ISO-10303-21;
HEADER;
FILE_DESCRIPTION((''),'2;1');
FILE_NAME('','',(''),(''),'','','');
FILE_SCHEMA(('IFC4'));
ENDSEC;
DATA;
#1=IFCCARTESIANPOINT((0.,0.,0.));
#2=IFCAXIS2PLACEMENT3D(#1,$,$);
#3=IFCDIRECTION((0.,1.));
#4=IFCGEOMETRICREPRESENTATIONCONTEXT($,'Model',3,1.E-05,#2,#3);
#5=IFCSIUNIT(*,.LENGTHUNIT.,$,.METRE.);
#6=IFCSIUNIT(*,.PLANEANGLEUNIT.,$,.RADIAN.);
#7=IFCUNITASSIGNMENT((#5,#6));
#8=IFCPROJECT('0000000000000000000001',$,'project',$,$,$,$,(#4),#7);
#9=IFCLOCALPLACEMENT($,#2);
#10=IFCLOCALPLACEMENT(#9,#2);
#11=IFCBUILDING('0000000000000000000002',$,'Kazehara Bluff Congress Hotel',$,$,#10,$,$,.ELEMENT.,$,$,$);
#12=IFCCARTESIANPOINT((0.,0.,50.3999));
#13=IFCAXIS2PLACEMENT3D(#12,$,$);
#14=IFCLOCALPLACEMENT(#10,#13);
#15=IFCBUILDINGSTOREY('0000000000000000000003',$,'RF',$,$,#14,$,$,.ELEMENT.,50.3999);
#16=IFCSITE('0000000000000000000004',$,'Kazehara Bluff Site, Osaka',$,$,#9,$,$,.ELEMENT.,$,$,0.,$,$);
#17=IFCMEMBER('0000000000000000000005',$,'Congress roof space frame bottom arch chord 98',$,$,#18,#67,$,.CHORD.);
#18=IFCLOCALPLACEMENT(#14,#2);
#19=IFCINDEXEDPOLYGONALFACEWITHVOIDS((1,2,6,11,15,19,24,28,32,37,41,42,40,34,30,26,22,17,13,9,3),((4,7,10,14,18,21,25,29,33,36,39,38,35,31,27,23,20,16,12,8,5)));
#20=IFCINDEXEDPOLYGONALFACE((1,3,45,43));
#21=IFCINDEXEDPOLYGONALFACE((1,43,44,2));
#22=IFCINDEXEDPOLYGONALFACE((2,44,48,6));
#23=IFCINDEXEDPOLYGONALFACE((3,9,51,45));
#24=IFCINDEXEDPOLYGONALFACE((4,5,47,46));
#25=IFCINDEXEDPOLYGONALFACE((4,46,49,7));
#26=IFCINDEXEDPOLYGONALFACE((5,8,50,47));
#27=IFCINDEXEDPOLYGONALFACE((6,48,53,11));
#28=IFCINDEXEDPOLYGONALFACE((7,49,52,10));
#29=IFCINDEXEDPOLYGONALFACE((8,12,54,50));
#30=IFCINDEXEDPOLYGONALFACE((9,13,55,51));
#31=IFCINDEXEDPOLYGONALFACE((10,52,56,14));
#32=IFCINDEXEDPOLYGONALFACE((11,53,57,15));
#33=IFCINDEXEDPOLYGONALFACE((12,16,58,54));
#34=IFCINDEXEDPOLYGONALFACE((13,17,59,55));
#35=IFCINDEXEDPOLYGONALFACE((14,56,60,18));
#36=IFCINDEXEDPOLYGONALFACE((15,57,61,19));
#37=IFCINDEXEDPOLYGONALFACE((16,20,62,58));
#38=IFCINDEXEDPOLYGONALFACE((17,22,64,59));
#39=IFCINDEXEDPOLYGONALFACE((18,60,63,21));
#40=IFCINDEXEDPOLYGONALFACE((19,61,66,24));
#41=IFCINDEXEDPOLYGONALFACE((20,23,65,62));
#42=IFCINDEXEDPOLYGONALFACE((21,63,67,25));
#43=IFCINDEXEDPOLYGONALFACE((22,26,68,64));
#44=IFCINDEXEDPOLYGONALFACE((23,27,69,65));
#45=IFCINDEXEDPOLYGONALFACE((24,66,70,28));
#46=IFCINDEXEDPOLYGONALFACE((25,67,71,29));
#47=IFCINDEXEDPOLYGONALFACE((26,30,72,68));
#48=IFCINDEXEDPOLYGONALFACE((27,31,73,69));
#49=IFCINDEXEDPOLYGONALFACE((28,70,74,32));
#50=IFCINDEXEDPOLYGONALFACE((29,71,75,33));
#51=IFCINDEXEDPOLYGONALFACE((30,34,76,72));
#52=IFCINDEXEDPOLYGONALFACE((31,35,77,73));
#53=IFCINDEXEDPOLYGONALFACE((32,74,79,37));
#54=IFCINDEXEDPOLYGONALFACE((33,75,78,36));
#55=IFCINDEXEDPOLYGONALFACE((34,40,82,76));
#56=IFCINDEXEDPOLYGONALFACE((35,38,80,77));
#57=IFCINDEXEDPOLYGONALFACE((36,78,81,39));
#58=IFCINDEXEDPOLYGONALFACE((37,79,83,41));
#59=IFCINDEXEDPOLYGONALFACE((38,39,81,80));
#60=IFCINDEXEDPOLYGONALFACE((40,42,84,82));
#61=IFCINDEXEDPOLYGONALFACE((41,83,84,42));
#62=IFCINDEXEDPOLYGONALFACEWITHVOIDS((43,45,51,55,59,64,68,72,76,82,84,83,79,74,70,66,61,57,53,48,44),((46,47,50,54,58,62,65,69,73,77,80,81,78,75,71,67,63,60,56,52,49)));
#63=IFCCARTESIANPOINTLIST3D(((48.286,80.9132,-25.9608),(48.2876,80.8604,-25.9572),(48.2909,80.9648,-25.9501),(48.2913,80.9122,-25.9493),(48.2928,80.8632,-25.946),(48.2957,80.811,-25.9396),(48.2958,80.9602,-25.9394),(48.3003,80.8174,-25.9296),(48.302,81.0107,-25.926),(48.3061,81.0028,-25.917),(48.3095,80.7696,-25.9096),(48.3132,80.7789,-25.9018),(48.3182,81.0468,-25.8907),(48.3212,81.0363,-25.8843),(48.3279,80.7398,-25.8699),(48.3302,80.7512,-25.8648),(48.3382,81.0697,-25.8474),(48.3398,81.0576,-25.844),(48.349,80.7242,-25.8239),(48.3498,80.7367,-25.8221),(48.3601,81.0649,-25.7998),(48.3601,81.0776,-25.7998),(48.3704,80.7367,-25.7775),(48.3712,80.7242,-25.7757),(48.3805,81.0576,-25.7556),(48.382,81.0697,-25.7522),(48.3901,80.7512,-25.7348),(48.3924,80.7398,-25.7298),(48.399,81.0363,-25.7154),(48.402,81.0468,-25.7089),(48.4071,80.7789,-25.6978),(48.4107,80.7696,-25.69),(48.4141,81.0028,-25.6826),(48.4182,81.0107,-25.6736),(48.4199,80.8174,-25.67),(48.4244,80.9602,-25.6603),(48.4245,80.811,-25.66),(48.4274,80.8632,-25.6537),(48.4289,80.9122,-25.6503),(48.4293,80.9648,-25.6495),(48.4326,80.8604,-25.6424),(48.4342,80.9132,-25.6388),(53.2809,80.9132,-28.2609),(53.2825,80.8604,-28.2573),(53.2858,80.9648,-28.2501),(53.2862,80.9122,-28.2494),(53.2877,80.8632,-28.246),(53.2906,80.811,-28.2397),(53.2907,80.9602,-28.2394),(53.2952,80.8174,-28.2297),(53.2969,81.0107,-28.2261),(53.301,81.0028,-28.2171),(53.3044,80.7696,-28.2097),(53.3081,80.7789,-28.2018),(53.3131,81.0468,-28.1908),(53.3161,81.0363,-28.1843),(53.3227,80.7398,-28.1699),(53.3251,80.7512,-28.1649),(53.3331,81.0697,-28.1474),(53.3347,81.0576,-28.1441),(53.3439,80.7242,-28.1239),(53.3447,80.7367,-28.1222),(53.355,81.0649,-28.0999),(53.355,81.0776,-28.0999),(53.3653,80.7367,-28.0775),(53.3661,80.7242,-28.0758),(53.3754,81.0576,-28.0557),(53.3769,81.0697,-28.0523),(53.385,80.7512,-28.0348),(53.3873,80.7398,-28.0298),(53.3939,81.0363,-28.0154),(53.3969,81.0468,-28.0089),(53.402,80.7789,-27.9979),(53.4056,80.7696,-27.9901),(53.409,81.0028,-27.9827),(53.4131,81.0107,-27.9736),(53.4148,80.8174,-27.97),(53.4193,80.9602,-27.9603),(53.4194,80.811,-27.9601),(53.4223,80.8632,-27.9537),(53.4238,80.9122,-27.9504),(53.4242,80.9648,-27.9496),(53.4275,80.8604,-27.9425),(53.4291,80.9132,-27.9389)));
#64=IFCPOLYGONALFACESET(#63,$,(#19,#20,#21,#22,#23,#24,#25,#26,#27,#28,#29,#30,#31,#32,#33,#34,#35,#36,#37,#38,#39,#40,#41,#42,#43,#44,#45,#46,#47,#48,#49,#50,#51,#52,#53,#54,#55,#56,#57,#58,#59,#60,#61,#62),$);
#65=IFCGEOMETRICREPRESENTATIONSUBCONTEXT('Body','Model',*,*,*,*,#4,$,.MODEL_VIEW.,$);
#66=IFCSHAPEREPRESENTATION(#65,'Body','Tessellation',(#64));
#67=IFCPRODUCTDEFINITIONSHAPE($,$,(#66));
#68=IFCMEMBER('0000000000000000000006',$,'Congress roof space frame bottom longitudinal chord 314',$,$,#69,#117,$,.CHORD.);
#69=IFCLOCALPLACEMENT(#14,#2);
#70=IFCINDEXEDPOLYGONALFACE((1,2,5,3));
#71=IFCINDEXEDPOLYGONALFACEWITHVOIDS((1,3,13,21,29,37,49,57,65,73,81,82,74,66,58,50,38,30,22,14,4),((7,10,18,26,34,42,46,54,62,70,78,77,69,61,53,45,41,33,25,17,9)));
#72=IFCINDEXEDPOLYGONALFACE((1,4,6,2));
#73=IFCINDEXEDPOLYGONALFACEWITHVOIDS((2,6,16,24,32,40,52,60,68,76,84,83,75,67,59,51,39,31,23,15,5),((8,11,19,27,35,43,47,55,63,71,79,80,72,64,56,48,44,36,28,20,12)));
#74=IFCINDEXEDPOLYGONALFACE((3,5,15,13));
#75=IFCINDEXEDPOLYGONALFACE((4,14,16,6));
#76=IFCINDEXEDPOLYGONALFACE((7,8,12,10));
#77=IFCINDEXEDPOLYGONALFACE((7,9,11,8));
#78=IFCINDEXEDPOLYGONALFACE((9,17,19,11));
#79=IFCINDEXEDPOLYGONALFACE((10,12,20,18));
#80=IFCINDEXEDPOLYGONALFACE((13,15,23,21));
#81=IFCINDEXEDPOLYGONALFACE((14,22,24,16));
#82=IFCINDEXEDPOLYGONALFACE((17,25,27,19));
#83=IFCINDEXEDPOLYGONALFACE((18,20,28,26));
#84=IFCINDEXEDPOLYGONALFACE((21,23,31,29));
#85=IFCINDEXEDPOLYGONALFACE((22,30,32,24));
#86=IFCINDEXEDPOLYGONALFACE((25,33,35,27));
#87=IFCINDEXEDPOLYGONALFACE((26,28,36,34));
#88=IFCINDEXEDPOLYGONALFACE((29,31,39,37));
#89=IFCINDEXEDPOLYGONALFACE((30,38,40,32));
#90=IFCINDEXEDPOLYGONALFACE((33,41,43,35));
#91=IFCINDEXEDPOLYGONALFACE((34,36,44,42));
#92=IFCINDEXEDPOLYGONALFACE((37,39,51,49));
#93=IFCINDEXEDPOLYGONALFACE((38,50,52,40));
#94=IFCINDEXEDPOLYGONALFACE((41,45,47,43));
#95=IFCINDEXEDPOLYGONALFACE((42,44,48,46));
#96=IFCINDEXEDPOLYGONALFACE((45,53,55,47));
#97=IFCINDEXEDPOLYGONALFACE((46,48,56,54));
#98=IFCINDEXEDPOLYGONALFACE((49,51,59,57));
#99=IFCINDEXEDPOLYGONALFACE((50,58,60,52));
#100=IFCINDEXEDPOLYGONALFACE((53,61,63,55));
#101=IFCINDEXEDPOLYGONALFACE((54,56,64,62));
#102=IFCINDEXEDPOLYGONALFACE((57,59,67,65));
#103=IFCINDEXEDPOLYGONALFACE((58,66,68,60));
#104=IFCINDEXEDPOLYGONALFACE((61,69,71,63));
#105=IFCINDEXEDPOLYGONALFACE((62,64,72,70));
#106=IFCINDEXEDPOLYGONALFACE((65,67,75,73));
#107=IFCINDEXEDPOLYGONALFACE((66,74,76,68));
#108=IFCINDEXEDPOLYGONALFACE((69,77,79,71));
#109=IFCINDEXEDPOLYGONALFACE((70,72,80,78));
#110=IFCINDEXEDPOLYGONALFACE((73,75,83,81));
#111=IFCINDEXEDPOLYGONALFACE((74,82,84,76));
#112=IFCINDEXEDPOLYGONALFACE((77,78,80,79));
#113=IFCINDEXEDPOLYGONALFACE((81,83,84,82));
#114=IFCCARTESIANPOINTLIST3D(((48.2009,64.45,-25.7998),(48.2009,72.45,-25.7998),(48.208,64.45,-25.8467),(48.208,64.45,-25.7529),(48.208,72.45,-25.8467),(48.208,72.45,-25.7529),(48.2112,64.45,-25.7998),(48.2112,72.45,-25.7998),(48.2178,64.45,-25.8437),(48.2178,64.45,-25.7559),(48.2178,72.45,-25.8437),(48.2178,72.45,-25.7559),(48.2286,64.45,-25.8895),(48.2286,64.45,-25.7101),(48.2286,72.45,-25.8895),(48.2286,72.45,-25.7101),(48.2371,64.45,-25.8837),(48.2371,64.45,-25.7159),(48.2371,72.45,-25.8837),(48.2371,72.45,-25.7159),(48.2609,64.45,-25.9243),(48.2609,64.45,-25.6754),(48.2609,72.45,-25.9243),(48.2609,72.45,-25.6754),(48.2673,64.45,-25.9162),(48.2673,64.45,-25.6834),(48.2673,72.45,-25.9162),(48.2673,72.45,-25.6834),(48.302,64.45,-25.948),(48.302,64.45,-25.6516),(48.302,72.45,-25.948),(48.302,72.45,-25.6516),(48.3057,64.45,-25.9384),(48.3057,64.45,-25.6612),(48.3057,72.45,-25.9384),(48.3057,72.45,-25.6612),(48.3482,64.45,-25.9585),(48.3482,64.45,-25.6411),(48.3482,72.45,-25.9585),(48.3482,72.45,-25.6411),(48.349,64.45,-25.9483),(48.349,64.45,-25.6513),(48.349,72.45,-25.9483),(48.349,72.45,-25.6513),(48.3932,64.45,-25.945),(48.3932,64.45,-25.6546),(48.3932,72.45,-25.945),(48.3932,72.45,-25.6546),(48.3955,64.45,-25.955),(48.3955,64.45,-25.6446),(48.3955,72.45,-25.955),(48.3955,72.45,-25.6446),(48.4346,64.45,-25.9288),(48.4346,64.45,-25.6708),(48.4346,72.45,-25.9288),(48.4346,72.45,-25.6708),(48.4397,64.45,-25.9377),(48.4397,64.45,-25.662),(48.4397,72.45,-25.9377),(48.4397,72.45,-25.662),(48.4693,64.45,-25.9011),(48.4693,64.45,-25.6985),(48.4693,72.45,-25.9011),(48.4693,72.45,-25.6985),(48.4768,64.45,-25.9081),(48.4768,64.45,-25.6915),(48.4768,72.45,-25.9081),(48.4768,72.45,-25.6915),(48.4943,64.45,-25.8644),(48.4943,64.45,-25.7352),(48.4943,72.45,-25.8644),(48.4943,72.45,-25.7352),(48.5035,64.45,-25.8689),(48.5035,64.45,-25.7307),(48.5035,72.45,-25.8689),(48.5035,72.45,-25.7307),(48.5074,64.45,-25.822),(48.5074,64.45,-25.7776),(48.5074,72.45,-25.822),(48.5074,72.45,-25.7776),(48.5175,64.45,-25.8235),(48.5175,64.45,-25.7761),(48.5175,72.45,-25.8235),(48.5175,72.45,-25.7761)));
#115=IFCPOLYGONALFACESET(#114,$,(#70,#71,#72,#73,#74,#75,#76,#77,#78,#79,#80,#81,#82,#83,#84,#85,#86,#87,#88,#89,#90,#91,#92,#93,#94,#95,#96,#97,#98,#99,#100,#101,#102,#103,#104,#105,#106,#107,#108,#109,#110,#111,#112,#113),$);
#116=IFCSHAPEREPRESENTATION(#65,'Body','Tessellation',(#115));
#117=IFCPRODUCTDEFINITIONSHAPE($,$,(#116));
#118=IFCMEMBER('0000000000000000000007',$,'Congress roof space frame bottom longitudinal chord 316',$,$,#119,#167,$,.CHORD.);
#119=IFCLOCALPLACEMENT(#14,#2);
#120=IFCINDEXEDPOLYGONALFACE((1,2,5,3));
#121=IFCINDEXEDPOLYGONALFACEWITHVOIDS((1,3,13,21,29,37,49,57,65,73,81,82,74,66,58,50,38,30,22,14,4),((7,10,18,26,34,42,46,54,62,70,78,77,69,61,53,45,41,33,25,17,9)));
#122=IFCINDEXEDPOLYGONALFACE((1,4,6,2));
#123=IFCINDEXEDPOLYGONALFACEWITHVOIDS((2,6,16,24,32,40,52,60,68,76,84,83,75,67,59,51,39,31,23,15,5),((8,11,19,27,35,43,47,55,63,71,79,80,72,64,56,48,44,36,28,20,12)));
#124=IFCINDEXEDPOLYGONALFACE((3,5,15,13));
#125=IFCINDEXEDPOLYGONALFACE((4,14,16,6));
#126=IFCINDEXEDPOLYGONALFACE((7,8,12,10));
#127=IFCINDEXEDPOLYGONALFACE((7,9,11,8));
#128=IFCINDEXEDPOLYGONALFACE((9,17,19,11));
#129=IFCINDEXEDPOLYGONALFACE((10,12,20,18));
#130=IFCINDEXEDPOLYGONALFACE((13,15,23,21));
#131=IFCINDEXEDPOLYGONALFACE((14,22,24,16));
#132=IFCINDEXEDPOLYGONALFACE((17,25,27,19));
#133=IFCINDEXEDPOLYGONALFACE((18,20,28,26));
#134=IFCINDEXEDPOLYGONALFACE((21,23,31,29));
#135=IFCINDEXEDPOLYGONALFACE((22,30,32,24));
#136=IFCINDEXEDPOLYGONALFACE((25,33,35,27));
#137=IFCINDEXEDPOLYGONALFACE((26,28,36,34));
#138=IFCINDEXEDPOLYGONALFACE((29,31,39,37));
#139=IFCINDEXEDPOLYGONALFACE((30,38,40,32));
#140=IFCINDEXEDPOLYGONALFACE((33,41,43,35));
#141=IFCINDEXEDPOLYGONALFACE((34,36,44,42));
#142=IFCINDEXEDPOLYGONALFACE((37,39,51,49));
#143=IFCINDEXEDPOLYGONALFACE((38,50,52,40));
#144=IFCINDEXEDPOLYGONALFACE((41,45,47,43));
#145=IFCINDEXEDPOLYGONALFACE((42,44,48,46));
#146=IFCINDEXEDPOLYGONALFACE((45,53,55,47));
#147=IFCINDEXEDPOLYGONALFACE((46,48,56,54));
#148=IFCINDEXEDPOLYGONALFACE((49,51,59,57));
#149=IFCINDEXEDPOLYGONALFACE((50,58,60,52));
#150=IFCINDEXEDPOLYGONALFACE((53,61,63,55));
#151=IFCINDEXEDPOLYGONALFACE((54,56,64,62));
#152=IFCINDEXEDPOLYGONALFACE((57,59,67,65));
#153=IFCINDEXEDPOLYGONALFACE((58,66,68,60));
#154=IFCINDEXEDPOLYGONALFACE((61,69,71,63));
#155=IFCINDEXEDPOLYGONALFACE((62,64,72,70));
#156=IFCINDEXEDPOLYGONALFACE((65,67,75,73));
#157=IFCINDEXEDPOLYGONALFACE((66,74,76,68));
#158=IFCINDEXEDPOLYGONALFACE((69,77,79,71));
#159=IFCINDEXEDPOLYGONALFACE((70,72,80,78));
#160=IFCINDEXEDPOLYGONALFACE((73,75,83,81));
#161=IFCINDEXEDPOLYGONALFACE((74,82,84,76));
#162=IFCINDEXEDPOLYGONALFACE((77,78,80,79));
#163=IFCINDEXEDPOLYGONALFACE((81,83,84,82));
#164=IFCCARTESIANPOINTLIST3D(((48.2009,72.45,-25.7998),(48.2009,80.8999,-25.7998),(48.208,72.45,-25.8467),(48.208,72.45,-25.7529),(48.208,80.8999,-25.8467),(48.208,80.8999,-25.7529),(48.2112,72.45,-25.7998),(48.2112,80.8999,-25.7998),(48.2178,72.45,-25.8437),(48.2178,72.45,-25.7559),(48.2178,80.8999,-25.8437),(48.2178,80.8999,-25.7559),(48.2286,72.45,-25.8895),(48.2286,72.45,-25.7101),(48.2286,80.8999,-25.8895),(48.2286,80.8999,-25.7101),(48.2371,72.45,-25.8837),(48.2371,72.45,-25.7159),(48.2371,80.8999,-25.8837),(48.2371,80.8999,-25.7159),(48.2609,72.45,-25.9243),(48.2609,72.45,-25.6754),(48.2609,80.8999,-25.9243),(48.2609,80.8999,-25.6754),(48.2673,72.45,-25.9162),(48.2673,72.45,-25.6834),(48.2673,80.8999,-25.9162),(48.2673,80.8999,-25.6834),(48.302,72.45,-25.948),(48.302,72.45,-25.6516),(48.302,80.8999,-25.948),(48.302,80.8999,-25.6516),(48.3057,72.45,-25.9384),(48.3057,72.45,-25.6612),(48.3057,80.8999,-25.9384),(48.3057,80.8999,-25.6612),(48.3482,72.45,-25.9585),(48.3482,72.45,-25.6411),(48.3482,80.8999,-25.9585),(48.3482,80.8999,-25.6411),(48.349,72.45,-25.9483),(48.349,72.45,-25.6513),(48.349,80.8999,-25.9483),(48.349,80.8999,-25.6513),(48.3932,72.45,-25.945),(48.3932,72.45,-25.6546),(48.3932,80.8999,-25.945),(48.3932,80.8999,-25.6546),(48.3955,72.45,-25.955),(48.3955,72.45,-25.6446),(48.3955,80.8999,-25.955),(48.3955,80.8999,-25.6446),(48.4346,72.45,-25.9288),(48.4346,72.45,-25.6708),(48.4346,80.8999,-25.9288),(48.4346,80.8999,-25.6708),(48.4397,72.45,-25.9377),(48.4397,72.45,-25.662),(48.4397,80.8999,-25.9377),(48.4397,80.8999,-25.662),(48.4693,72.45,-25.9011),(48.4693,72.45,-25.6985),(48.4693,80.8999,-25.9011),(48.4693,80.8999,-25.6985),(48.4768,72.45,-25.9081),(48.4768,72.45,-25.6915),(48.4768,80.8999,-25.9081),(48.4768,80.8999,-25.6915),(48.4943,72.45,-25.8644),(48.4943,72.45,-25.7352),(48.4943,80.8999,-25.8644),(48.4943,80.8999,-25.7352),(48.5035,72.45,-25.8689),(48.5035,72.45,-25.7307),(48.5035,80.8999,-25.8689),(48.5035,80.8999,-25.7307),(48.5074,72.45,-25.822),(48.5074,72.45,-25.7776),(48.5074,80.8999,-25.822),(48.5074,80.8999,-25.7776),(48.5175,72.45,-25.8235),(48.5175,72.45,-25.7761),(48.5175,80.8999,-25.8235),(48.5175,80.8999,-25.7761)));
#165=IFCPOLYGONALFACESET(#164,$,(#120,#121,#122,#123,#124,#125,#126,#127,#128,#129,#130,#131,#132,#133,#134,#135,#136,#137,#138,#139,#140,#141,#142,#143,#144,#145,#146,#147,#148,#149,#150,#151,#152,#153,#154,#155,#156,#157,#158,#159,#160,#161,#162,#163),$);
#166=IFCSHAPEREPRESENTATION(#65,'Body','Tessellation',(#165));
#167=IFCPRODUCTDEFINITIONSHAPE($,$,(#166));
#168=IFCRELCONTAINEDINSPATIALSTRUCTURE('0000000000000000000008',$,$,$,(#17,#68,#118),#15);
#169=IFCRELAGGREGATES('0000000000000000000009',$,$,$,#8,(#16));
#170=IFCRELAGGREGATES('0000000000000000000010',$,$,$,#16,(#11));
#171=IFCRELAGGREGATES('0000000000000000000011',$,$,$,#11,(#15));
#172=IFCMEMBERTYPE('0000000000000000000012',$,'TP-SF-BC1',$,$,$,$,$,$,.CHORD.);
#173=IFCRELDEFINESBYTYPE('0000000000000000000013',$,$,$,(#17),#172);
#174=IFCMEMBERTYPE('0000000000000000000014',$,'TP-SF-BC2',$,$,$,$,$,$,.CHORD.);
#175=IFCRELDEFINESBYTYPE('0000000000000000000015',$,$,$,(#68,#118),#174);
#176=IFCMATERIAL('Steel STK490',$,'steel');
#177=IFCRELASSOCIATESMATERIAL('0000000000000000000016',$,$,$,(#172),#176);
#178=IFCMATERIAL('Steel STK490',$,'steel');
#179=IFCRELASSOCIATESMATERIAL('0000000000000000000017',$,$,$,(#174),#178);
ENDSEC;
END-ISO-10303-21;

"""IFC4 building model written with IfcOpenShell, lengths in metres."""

from ifc_helpers import new_model, si_unit, direction, frame, origin, origin_2d, place, context, subcontext, project, spatial, hollow_circle, extrude, material, material_profile, profile_set, type_object, element, save


model = new_model("IFC4")

# Units and contexts
model_context = context("Model", 3, precision=1e-05, world=origin(), true_north=direction((0.0, 1.0)))
body_context = subcontext(model_context, "Body", "Model", "MODEL_VIEW")
ifc_project = project(units=[si_unit("LENGTHUNIT", "METRE"), si_unit("PLANEANGLEUNIT", "RADIAN")], contexts=[model_context])

# Site, building, storey
site_placement = place(None, origin())
site = spatial("IfcSite", under=ifc_project, at=site_placement, Name="Kazehara Bluff Site, Osaka", CompositionType="ELEMENT", RefElevation=0.0)
building_placement = place(site_placement, origin())
building = spatial("IfcBuilding", under=site, at=building_placement, Name="Kazehara Bluff Congress Hotel", CompositionType="ELEMENT")
storey_placement = place(building_placement, frame((0.0, 0.0, 50.3999)))
storey = spatial("IfcBuildingStorey", under=building, at=storey_placement, Name="RF", CompositionType="ELEMENT", Elevation=50.3999)

# Members
ifc_material_1 = material(Name="Steel STK490", Category="steel")
ifc_material_profile_1 = material_profile(ifc_material_1, hollow_circle(Radius=0.1777, WallThickness=0.0127, at=origin_2d()))
ifc_profile_set_1 = profile_set([ifc_material_profile_1], Name="Steel STK490")
member_type_1 = type_object("IfcMemberType", Name="TP-SF-BC1", PredefinedType="CHORD", material=ifc_profile_set_1)
member_1_placement = place(storey_placement, frame((48.3601, 80.8999, -25.7998), z_axis=(0.908324, 0.0, -0.418267), x_axis=(0.0, 1.0, 0.0)))
element("IfcMember", 1, at=member_1_placement, inside=storey, type_object=member_type_1, Name="Congress roof space frame bottom arch chord 98", PredefinedType="CHORD", context=body_context, shape_type="SweptSolid", body=[
    extrude(hollow_circle(Radius=0.1777, WallThickness=0.0127, at=origin_2d()), origin(), (0.0, 0.0, 1.0), 5.499),
])
ifc_material_2 = material(Name="Steel STK490", Category="steel")
ifc_material_profile_2 = material_profile(ifc_material_2, hollow_circle(Radius=0.1592, WallThickness=0.0103, at=origin_2d()))
ifc_profile_set_2 = profile_set([ifc_material_profile_2], Name="Steel STK490")
member_type_2 = type_object("IfcMemberType", Name="TP-SF-BC2", PredefinedType="CHORD", material=ifc_profile_set_2)
member_2_placement = place(storey_placement, frame((48.3601, 64.45, -25.7998), z_axis=(0.0, 1.0, 0.0), x_axis=(-1.0, 0.0, 0.0)))
element("IfcMember", 2, at=member_2_placement, inside=storey, type_object=member_type_2, Name="Congress roof space frame bottom longitudinal chord 314", PredefinedType="CHORD", context=body_context, shape_type="SweptSolid", body=[
    extrude(hollow_circle(Radius=0.1592, WallThickness=0.0103, at=origin_2d()), origin(), (0.0, 0.0, 1.0), 8.0),
])
member_3_placement = place(storey_placement, frame((48.3601, 72.45, -25.7998), z_axis=(0.0, 1.0, 0.0), x_axis=(-1.0, 0.0, 0.0)))
element("IfcMember", 3, at=member_3_placement, inside=storey, type_object=member_type_2, Name="Congress roof space frame bottom longitudinal chord 316", PredefinedType="CHORD", context=body_context, shape_type="SweptSolid", body=[
    extrude(hollow_circle(Radius=0.1592, WallThickness=0.0103, at=origin_2d()), origin(), (0.0, 0.0, 1.0), 8.45),
])

save(model, "model.ifc")
